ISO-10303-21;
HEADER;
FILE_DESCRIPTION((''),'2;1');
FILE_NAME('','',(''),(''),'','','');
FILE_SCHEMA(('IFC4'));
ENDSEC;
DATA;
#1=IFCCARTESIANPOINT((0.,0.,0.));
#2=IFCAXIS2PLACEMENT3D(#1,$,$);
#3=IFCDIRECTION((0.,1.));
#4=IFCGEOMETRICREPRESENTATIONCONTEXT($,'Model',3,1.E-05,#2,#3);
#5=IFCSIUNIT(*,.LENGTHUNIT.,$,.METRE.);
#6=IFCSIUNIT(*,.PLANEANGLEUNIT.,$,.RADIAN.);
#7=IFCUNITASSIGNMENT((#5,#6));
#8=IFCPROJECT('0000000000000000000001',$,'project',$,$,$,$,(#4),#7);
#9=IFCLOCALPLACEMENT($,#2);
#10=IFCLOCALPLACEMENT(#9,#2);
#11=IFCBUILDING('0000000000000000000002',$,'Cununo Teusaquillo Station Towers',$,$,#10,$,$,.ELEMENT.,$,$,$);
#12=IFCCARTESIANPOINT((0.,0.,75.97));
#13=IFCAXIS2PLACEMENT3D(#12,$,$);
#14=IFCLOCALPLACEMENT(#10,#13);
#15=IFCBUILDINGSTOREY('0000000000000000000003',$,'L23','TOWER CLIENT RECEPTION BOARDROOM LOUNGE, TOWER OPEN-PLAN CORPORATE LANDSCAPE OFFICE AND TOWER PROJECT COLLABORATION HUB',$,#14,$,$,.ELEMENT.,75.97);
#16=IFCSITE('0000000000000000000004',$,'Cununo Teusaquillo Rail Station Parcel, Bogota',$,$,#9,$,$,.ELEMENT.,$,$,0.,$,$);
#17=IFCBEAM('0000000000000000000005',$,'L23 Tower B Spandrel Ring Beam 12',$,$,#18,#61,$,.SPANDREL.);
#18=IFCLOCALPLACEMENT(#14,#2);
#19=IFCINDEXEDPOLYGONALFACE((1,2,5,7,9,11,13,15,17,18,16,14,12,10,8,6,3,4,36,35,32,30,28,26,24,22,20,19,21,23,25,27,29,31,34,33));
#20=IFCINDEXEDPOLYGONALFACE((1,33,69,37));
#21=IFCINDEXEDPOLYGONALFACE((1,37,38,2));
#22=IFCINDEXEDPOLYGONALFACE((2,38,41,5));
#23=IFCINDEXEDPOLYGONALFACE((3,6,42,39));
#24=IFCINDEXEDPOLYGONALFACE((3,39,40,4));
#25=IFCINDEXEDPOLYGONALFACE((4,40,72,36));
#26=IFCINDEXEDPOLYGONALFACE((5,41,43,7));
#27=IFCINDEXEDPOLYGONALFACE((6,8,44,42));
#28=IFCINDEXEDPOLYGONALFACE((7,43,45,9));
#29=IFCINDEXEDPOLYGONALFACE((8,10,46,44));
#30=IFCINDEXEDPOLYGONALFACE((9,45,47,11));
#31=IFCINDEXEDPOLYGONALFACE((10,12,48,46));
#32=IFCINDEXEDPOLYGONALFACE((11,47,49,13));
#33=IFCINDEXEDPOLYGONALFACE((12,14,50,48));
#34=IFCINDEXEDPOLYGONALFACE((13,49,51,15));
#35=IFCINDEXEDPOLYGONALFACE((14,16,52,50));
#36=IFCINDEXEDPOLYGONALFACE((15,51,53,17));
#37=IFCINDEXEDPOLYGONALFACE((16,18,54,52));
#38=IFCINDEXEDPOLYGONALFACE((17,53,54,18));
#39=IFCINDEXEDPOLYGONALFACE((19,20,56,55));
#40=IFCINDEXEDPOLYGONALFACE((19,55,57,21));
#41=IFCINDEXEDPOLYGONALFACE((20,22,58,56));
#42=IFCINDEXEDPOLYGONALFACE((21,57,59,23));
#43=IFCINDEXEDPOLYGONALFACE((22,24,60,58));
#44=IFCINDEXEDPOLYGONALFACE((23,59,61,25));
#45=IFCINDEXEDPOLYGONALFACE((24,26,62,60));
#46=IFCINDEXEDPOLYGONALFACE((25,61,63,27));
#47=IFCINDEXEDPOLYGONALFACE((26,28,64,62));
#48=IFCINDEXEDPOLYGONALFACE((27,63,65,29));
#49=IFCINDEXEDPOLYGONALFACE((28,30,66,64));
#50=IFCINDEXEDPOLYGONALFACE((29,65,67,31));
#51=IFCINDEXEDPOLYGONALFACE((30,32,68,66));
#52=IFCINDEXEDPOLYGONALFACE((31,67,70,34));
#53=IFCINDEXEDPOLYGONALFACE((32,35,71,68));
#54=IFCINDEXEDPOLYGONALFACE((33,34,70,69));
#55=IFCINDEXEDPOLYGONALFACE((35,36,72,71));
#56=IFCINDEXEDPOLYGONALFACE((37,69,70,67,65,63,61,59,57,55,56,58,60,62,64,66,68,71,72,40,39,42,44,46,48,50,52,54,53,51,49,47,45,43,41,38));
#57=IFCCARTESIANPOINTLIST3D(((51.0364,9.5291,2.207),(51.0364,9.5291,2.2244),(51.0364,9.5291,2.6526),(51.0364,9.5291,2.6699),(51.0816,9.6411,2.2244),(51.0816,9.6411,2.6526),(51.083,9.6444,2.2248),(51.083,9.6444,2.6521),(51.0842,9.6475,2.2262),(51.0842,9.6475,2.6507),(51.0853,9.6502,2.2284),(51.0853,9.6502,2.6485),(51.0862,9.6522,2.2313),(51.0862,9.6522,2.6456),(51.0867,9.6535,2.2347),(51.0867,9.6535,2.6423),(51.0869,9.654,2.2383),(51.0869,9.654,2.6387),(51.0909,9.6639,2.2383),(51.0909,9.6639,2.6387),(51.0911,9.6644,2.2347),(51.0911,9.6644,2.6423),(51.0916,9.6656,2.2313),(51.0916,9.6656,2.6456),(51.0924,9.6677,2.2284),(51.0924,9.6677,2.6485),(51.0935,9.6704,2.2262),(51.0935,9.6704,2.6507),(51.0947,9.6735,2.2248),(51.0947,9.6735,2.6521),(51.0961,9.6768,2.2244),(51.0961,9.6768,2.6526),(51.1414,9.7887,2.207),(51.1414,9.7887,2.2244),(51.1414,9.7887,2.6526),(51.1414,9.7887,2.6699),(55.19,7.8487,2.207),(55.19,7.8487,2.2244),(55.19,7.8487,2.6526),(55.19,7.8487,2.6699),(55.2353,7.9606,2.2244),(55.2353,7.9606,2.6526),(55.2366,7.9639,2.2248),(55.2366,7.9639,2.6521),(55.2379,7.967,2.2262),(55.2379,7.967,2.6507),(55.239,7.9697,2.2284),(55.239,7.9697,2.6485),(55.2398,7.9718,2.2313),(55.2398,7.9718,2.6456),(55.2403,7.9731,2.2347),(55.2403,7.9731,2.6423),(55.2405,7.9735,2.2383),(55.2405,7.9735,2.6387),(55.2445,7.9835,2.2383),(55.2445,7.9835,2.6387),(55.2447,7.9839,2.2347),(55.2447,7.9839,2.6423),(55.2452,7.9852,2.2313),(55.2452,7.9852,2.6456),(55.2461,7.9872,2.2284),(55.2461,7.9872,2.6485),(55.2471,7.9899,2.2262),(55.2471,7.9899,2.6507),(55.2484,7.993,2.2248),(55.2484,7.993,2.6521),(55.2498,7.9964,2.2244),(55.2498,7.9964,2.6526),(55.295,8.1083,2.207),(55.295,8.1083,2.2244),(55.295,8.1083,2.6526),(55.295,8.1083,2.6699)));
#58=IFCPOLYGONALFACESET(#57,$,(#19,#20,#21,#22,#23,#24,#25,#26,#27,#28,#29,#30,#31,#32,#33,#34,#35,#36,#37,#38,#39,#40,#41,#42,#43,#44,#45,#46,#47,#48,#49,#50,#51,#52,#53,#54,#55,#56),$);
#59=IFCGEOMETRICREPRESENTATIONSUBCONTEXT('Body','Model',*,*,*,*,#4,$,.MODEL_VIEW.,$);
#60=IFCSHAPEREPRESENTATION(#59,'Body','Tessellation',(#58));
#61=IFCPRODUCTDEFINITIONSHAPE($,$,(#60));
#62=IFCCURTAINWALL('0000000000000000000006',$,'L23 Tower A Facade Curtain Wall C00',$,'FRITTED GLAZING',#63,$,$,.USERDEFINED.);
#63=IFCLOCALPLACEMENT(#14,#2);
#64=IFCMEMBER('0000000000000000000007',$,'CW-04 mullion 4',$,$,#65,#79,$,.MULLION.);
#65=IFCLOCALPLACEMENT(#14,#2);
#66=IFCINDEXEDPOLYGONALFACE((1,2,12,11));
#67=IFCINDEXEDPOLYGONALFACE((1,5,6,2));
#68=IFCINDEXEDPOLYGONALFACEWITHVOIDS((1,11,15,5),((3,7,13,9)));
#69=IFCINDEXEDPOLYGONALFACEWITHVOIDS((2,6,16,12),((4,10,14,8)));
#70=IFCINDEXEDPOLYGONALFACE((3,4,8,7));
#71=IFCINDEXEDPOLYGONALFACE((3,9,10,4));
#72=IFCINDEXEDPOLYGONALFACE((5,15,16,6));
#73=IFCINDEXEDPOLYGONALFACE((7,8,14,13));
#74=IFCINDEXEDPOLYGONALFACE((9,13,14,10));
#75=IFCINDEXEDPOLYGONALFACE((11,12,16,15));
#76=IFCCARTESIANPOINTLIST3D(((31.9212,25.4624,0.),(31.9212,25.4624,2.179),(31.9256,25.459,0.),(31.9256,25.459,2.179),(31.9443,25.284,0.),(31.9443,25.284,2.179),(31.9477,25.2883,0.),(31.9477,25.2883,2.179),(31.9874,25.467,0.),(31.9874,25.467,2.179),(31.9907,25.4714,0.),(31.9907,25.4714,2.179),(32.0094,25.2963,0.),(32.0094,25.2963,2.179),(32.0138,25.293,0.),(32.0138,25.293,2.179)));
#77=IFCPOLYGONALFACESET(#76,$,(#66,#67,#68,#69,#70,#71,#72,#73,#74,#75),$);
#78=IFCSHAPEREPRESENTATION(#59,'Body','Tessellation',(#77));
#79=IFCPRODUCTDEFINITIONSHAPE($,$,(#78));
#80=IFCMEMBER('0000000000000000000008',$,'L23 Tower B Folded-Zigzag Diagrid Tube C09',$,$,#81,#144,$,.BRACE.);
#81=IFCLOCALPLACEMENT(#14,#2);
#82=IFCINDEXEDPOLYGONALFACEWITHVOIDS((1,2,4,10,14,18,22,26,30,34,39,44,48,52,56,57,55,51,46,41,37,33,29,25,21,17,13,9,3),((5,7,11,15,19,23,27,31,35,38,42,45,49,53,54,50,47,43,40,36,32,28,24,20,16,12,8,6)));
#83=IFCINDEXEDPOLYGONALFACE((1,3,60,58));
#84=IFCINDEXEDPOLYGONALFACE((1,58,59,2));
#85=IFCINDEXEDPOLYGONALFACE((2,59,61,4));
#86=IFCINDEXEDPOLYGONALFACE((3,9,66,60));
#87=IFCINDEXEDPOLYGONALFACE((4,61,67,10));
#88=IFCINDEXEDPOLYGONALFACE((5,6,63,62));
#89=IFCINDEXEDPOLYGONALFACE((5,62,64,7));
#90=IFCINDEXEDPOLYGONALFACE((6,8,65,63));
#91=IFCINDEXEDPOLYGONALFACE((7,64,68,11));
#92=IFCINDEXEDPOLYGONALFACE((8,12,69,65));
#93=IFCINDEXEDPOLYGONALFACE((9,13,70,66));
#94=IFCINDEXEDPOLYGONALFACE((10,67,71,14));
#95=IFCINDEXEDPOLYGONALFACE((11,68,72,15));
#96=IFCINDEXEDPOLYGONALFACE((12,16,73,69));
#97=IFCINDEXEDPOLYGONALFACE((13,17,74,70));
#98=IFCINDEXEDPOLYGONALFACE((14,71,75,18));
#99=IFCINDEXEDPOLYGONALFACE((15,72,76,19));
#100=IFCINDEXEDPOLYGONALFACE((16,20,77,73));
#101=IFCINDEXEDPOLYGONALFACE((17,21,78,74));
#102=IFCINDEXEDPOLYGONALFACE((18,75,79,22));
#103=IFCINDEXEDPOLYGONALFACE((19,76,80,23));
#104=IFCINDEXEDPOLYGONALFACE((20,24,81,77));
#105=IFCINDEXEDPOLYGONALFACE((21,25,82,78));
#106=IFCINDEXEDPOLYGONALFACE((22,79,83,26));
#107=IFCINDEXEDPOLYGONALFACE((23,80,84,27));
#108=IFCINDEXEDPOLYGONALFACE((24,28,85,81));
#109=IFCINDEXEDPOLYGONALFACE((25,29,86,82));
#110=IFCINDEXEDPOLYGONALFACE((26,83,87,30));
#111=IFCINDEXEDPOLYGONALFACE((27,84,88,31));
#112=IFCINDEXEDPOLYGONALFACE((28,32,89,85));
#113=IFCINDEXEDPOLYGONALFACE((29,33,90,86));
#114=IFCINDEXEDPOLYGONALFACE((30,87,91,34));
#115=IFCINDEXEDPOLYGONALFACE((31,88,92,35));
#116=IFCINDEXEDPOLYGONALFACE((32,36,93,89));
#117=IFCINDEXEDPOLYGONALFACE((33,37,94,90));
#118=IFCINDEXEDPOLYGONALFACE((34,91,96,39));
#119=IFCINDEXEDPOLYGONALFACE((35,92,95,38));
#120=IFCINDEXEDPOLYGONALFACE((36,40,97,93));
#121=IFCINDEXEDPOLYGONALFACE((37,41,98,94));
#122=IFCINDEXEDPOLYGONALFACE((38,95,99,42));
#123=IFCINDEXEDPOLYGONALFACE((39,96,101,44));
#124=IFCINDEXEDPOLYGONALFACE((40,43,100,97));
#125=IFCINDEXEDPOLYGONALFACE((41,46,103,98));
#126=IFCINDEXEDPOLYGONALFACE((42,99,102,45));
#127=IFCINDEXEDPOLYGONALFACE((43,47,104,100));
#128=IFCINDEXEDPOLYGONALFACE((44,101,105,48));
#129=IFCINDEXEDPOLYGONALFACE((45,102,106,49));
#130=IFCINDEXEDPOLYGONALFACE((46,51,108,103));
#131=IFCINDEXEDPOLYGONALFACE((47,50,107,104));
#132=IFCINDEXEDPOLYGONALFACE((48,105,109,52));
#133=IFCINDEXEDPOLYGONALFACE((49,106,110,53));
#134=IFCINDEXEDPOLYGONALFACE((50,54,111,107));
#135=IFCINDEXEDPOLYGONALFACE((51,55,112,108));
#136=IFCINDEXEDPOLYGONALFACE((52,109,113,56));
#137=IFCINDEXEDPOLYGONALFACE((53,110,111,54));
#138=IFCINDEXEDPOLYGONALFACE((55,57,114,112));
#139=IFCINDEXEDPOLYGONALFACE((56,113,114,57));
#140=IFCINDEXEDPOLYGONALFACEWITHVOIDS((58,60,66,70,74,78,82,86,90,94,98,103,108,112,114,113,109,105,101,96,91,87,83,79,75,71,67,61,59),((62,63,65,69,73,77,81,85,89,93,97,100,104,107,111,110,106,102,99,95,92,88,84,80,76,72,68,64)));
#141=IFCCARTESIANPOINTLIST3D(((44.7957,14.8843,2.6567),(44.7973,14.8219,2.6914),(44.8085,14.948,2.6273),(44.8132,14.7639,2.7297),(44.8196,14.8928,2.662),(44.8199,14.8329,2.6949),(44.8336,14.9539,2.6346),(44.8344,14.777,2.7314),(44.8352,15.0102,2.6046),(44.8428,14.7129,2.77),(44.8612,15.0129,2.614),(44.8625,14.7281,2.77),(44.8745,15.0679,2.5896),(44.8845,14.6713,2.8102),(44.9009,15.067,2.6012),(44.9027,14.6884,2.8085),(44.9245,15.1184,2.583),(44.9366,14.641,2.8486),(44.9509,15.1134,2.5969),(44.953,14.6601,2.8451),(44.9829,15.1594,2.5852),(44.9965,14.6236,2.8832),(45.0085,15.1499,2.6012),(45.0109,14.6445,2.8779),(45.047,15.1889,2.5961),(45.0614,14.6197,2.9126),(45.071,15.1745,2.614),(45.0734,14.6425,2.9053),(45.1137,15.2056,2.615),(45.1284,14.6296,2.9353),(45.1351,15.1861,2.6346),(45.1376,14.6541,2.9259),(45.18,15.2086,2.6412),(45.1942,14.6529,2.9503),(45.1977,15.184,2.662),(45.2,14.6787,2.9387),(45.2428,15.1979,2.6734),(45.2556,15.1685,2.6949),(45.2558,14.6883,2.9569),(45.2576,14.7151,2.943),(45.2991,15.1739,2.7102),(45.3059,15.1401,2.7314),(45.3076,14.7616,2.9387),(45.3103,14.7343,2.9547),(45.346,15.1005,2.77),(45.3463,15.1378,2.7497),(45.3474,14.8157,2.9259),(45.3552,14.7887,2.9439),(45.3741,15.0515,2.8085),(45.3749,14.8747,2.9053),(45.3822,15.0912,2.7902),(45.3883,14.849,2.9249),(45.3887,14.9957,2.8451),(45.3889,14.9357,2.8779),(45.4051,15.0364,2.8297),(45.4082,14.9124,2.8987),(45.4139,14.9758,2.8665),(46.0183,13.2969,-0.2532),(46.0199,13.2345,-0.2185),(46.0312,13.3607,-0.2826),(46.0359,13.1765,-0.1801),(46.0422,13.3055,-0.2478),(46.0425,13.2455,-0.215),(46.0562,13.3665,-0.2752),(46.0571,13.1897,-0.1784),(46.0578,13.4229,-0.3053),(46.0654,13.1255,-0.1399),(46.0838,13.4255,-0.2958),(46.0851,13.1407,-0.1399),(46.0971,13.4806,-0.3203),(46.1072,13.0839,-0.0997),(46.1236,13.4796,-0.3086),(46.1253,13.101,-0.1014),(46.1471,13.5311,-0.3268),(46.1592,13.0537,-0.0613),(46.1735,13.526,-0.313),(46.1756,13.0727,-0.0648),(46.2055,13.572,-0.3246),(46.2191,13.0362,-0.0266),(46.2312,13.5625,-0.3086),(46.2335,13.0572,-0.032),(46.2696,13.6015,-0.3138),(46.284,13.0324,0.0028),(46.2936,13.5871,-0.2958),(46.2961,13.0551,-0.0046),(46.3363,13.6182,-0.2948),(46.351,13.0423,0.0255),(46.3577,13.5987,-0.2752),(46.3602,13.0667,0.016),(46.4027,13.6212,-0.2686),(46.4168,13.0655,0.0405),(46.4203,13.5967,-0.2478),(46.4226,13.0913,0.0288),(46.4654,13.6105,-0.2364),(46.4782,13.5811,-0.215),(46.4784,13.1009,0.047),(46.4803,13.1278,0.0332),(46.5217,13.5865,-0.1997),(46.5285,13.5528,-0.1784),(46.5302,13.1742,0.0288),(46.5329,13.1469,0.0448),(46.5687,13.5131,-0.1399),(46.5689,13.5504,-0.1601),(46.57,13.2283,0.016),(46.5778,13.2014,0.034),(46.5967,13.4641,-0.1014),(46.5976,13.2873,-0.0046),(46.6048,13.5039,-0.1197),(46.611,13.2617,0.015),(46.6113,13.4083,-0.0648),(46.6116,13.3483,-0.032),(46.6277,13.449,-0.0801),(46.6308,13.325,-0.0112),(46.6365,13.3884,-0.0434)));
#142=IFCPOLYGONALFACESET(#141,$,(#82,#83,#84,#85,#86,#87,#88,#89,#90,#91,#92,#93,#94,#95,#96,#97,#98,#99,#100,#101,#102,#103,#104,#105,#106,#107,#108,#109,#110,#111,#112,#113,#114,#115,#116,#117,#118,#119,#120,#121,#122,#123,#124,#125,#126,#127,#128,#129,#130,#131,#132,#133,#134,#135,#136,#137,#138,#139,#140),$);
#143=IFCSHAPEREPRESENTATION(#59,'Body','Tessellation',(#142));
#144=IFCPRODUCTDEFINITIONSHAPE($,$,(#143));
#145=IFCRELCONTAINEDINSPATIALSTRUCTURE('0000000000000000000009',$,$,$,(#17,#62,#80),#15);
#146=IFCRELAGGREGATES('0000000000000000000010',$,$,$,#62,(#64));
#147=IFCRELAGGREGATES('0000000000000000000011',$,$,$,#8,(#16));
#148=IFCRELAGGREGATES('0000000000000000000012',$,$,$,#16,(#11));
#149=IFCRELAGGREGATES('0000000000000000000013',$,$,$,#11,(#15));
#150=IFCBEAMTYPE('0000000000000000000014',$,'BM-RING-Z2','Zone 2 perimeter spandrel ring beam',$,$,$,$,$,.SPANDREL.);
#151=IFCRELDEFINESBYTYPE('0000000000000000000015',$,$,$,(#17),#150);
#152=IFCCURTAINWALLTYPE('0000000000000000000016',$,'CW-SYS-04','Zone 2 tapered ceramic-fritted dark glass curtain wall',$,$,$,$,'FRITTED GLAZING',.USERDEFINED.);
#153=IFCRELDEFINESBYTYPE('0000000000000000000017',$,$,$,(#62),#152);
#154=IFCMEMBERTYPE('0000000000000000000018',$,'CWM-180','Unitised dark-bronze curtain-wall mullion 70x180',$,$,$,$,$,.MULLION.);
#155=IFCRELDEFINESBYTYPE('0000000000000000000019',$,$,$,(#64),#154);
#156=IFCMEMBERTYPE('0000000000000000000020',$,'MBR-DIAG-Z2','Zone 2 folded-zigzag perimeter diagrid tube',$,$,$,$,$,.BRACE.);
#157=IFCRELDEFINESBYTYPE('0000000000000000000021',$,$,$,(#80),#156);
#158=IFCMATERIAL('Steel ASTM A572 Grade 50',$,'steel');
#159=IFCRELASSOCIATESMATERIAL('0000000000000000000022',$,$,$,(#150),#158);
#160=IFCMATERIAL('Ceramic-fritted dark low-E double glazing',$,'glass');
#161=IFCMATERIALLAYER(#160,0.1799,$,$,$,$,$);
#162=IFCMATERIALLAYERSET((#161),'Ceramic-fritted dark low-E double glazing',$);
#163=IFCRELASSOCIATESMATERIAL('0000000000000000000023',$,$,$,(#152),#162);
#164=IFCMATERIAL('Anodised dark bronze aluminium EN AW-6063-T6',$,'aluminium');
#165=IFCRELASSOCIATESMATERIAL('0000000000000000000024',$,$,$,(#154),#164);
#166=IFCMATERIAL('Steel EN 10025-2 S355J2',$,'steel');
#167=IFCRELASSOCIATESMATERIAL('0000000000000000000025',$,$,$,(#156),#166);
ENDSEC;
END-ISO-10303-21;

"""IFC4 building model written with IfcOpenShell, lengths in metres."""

from ifc_helpers import new_model, si_unit, direction, frame, origin, origin_2d, place, context, subcontext, project, spatial, hollow_rectangle, hollow_circle, i_section, extrude, material, layer, layer_set, material_profile, profile_set, type_object, element, aggregate, save


model = new_model("IFC4")

# Units and contexts
model_context = context("Model", 3, precision=1e-05, world=origin(), true_north=direction((0.0, 1.0)))
body_context = subcontext(model_context, "Body", "Model", "MODEL_VIEW")
ifc_project = project(units=[si_unit("LENGTHUNIT", "METRE"), si_unit("PLANEANGLEUNIT", "RADIAN")], contexts=[model_context])

# Site, building, storey
site_placement = place(None, origin())
site = spatial("IfcSite", under=ifc_project, at=site_placement, Name="Cununo Teusaquillo Rail Station Parcel, Bogota", CompositionType="ELEMENT", RefElevation=0.0)
building_placement = place(site_placement, origin())
building = spatial("IfcBuilding", under=site, at=building_placement, Name="Cununo Teusaquillo Station Towers", CompositionType="ELEMENT")
storey_placement = place(building_placement, frame((0.0, 0.0, 75.97)))
storey = spatial("IfcBuildingStorey", under=building, at=storey_placement, Name="L23", Description="TOWER CLIENT RECEPTION BOARDROOM LOUNGE, TOWER OPEN-PLAN CORPORATE LANDSCAPE OFFICE AND TOWER PROJECT COLLABORATION HUB", CompositionType="ELEMENT", Elevation=75.97)

# Beam
ifc_material_1 = material(Name="Steel ASTM A572 Grade 50", Category="steel")
ifc_material_profile_1 = material_profile(ifc_material_1, i_section(OverallWidth=0.28, OverallDepth=0.4629, WebThickness=0.0107, FlangeThickness=0.0173, FilletRadius=0.0139, at=origin_2d()), Name="W18X76")
ifc_profile_set_1 = profile_set([ifc_material_profile_1], Name="Steel ASTM A572 Grade 50")
beam_type_1 = type_object("IfcBeamType", Name="BM-RING-Z2", Description="Zone 2 perimeter spandrel ring beam", PredefinedType="SPANDREL", material=ifc_profile_set_1)
beam_1_placement = place(storey_placement, frame((51.0889, 9.6589, 2.4385), z_axis=(0.927008, -0.375042, 0.0), x_axis=(0.375042, 0.927008, 0.0)))
element("IfcBeam", 1, at=beam_1_placement, inside=storey, type_object=beam_type_1, Name="L23 Tower B Spandrel Ring Beam 12", PredefinedType="SPANDREL", context=body_context, shape_type="SweptSolid", body=[
    extrude(i_section(OverallWidth=0.28, OverallDepth=0.4629, WebThickness=0.0107, FlangeThickness=0.0173, FilletRadius=0.0139, at=origin_2d()), origin(), (0.0, 0.0, 1.0), 4.4807),
])

# Curtain wall, member
ifc_material_2 = material(Name="Ceramic-fritted dark low-E double glazing", Category="glass")
ifc_layer_1 = layer(ifc_material_2, 0.1799)
ifc_layer_set_1 = layer_set([ifc_layer_1], Name="Ceramic-fritted dark low-E double glazing")
curtain_wall_type = type_object("IfcCurtainWallType", Name="CW-SYS-04", Description="Zone 2 tapered ceramic-fritted dark glass curtain wall", ElementType="FRITTED GLAZING", PredefinedType="USERDEFINED", material=ifc_layer_set_1)
curtain_wall_placement = place(storey_placement, origin())
curtain_wall = element("IfcCurtainWall", 2, at=curtain_wall_placement, inside=storey, type_object=curtain_wall_type, Name="L23 Tower A Facade Curtain Wall C00", ObjectType="FRITTED GLAZING", PredefinedType="USERDEFINED")
ifc_material_3 = material(Name="Anodised dark bronze aluminium EN AW-6063-T6", Category="aluminium")
ifc_material_profile_2 = material_profile(ifc_material_3, hollow_rectangle(XDim=0.0701, YDim=0.1799, WallThickness=0.0039, at=origin_2d()), Name="CW-MULL-70x180")
ifc_profile_set_2 = profile_set([ifc_material_profile_2], Name="Anodised dark bronze aluminium EN AW-6063-T6")
member_type_1 = type_object("IfcMemberType", Name="CWM-180", Description="Unitised dark-bronze curtain-wall mullion 70x180", PredefinedType="MULLION", material=ifc_profile_set_2)
member_1_placement = place(storey_placement, frame((31.9675, 25.3777, 0.0), z_axis=(0.0, 0.0, 1.0), x_axis=(0.991731, 0.128336, 0.0)))
member_1 = element("IfcMember", 3, at=member_1_placement, type_object=member_type_1, Name="CW-04 mullion 4", PredefinedType="MULLION", context=body_context, shape_type="SweptSolid", body=[
    extrude(hollow_rectangle(XDim=0.0701, YDim=0.1799, WallThickness=0.0039, at=origin_2d()), origin(), (0.0, 0.0, 1.0), 2.179),
])
aggregate(curtain_wall, [member_1])

# Member
ifc_material_4 = material(Name="Steel EN 10025-2 S355J2", Category="steel")
ifc_material_profile_3 = material_profile(ifc_material_4, hollow_circle(Radius=0.3301, WallThickness=0.0249, at=origin_2d()), Name="CHS 660x25")
ifc_profile_set_3 = profile_set([ifc_material_profile_3], Name="Steel EN 10025-2 S355J2")
member_type_2 = type_object("IfcMemberType", Name="MBR-DIAG-Z2", Description="Zone 2 folded-zigzag perimeter diagrid tube", PredefinedType="BRACE", material=ifc_profile_set_3)
member_2_placement = place(storey_placement, frame((46.3269, 13.3269, -0.1399), z_axis=(-0.346064, 0.449303, 0.82363), x_axis=(-0.792243, -0.610205, 0.0)))
element("IfcMember", 4, at=member_2_placement, inside=storey, type_object=member_type_2, Name="L23 Tower B Folded-Zigzag Diagrid Tube C09", PredefinedType="BRACE", context=body_context, shape_type="SweptSolid", body=[
    extrude(hollow_circle(Radius=0.3301, WallThickness=0.0249, at=origin_2d()), origin(), (0.0, 0.0, 1.0), 3.533),
])

save(model, "model.ifc")
